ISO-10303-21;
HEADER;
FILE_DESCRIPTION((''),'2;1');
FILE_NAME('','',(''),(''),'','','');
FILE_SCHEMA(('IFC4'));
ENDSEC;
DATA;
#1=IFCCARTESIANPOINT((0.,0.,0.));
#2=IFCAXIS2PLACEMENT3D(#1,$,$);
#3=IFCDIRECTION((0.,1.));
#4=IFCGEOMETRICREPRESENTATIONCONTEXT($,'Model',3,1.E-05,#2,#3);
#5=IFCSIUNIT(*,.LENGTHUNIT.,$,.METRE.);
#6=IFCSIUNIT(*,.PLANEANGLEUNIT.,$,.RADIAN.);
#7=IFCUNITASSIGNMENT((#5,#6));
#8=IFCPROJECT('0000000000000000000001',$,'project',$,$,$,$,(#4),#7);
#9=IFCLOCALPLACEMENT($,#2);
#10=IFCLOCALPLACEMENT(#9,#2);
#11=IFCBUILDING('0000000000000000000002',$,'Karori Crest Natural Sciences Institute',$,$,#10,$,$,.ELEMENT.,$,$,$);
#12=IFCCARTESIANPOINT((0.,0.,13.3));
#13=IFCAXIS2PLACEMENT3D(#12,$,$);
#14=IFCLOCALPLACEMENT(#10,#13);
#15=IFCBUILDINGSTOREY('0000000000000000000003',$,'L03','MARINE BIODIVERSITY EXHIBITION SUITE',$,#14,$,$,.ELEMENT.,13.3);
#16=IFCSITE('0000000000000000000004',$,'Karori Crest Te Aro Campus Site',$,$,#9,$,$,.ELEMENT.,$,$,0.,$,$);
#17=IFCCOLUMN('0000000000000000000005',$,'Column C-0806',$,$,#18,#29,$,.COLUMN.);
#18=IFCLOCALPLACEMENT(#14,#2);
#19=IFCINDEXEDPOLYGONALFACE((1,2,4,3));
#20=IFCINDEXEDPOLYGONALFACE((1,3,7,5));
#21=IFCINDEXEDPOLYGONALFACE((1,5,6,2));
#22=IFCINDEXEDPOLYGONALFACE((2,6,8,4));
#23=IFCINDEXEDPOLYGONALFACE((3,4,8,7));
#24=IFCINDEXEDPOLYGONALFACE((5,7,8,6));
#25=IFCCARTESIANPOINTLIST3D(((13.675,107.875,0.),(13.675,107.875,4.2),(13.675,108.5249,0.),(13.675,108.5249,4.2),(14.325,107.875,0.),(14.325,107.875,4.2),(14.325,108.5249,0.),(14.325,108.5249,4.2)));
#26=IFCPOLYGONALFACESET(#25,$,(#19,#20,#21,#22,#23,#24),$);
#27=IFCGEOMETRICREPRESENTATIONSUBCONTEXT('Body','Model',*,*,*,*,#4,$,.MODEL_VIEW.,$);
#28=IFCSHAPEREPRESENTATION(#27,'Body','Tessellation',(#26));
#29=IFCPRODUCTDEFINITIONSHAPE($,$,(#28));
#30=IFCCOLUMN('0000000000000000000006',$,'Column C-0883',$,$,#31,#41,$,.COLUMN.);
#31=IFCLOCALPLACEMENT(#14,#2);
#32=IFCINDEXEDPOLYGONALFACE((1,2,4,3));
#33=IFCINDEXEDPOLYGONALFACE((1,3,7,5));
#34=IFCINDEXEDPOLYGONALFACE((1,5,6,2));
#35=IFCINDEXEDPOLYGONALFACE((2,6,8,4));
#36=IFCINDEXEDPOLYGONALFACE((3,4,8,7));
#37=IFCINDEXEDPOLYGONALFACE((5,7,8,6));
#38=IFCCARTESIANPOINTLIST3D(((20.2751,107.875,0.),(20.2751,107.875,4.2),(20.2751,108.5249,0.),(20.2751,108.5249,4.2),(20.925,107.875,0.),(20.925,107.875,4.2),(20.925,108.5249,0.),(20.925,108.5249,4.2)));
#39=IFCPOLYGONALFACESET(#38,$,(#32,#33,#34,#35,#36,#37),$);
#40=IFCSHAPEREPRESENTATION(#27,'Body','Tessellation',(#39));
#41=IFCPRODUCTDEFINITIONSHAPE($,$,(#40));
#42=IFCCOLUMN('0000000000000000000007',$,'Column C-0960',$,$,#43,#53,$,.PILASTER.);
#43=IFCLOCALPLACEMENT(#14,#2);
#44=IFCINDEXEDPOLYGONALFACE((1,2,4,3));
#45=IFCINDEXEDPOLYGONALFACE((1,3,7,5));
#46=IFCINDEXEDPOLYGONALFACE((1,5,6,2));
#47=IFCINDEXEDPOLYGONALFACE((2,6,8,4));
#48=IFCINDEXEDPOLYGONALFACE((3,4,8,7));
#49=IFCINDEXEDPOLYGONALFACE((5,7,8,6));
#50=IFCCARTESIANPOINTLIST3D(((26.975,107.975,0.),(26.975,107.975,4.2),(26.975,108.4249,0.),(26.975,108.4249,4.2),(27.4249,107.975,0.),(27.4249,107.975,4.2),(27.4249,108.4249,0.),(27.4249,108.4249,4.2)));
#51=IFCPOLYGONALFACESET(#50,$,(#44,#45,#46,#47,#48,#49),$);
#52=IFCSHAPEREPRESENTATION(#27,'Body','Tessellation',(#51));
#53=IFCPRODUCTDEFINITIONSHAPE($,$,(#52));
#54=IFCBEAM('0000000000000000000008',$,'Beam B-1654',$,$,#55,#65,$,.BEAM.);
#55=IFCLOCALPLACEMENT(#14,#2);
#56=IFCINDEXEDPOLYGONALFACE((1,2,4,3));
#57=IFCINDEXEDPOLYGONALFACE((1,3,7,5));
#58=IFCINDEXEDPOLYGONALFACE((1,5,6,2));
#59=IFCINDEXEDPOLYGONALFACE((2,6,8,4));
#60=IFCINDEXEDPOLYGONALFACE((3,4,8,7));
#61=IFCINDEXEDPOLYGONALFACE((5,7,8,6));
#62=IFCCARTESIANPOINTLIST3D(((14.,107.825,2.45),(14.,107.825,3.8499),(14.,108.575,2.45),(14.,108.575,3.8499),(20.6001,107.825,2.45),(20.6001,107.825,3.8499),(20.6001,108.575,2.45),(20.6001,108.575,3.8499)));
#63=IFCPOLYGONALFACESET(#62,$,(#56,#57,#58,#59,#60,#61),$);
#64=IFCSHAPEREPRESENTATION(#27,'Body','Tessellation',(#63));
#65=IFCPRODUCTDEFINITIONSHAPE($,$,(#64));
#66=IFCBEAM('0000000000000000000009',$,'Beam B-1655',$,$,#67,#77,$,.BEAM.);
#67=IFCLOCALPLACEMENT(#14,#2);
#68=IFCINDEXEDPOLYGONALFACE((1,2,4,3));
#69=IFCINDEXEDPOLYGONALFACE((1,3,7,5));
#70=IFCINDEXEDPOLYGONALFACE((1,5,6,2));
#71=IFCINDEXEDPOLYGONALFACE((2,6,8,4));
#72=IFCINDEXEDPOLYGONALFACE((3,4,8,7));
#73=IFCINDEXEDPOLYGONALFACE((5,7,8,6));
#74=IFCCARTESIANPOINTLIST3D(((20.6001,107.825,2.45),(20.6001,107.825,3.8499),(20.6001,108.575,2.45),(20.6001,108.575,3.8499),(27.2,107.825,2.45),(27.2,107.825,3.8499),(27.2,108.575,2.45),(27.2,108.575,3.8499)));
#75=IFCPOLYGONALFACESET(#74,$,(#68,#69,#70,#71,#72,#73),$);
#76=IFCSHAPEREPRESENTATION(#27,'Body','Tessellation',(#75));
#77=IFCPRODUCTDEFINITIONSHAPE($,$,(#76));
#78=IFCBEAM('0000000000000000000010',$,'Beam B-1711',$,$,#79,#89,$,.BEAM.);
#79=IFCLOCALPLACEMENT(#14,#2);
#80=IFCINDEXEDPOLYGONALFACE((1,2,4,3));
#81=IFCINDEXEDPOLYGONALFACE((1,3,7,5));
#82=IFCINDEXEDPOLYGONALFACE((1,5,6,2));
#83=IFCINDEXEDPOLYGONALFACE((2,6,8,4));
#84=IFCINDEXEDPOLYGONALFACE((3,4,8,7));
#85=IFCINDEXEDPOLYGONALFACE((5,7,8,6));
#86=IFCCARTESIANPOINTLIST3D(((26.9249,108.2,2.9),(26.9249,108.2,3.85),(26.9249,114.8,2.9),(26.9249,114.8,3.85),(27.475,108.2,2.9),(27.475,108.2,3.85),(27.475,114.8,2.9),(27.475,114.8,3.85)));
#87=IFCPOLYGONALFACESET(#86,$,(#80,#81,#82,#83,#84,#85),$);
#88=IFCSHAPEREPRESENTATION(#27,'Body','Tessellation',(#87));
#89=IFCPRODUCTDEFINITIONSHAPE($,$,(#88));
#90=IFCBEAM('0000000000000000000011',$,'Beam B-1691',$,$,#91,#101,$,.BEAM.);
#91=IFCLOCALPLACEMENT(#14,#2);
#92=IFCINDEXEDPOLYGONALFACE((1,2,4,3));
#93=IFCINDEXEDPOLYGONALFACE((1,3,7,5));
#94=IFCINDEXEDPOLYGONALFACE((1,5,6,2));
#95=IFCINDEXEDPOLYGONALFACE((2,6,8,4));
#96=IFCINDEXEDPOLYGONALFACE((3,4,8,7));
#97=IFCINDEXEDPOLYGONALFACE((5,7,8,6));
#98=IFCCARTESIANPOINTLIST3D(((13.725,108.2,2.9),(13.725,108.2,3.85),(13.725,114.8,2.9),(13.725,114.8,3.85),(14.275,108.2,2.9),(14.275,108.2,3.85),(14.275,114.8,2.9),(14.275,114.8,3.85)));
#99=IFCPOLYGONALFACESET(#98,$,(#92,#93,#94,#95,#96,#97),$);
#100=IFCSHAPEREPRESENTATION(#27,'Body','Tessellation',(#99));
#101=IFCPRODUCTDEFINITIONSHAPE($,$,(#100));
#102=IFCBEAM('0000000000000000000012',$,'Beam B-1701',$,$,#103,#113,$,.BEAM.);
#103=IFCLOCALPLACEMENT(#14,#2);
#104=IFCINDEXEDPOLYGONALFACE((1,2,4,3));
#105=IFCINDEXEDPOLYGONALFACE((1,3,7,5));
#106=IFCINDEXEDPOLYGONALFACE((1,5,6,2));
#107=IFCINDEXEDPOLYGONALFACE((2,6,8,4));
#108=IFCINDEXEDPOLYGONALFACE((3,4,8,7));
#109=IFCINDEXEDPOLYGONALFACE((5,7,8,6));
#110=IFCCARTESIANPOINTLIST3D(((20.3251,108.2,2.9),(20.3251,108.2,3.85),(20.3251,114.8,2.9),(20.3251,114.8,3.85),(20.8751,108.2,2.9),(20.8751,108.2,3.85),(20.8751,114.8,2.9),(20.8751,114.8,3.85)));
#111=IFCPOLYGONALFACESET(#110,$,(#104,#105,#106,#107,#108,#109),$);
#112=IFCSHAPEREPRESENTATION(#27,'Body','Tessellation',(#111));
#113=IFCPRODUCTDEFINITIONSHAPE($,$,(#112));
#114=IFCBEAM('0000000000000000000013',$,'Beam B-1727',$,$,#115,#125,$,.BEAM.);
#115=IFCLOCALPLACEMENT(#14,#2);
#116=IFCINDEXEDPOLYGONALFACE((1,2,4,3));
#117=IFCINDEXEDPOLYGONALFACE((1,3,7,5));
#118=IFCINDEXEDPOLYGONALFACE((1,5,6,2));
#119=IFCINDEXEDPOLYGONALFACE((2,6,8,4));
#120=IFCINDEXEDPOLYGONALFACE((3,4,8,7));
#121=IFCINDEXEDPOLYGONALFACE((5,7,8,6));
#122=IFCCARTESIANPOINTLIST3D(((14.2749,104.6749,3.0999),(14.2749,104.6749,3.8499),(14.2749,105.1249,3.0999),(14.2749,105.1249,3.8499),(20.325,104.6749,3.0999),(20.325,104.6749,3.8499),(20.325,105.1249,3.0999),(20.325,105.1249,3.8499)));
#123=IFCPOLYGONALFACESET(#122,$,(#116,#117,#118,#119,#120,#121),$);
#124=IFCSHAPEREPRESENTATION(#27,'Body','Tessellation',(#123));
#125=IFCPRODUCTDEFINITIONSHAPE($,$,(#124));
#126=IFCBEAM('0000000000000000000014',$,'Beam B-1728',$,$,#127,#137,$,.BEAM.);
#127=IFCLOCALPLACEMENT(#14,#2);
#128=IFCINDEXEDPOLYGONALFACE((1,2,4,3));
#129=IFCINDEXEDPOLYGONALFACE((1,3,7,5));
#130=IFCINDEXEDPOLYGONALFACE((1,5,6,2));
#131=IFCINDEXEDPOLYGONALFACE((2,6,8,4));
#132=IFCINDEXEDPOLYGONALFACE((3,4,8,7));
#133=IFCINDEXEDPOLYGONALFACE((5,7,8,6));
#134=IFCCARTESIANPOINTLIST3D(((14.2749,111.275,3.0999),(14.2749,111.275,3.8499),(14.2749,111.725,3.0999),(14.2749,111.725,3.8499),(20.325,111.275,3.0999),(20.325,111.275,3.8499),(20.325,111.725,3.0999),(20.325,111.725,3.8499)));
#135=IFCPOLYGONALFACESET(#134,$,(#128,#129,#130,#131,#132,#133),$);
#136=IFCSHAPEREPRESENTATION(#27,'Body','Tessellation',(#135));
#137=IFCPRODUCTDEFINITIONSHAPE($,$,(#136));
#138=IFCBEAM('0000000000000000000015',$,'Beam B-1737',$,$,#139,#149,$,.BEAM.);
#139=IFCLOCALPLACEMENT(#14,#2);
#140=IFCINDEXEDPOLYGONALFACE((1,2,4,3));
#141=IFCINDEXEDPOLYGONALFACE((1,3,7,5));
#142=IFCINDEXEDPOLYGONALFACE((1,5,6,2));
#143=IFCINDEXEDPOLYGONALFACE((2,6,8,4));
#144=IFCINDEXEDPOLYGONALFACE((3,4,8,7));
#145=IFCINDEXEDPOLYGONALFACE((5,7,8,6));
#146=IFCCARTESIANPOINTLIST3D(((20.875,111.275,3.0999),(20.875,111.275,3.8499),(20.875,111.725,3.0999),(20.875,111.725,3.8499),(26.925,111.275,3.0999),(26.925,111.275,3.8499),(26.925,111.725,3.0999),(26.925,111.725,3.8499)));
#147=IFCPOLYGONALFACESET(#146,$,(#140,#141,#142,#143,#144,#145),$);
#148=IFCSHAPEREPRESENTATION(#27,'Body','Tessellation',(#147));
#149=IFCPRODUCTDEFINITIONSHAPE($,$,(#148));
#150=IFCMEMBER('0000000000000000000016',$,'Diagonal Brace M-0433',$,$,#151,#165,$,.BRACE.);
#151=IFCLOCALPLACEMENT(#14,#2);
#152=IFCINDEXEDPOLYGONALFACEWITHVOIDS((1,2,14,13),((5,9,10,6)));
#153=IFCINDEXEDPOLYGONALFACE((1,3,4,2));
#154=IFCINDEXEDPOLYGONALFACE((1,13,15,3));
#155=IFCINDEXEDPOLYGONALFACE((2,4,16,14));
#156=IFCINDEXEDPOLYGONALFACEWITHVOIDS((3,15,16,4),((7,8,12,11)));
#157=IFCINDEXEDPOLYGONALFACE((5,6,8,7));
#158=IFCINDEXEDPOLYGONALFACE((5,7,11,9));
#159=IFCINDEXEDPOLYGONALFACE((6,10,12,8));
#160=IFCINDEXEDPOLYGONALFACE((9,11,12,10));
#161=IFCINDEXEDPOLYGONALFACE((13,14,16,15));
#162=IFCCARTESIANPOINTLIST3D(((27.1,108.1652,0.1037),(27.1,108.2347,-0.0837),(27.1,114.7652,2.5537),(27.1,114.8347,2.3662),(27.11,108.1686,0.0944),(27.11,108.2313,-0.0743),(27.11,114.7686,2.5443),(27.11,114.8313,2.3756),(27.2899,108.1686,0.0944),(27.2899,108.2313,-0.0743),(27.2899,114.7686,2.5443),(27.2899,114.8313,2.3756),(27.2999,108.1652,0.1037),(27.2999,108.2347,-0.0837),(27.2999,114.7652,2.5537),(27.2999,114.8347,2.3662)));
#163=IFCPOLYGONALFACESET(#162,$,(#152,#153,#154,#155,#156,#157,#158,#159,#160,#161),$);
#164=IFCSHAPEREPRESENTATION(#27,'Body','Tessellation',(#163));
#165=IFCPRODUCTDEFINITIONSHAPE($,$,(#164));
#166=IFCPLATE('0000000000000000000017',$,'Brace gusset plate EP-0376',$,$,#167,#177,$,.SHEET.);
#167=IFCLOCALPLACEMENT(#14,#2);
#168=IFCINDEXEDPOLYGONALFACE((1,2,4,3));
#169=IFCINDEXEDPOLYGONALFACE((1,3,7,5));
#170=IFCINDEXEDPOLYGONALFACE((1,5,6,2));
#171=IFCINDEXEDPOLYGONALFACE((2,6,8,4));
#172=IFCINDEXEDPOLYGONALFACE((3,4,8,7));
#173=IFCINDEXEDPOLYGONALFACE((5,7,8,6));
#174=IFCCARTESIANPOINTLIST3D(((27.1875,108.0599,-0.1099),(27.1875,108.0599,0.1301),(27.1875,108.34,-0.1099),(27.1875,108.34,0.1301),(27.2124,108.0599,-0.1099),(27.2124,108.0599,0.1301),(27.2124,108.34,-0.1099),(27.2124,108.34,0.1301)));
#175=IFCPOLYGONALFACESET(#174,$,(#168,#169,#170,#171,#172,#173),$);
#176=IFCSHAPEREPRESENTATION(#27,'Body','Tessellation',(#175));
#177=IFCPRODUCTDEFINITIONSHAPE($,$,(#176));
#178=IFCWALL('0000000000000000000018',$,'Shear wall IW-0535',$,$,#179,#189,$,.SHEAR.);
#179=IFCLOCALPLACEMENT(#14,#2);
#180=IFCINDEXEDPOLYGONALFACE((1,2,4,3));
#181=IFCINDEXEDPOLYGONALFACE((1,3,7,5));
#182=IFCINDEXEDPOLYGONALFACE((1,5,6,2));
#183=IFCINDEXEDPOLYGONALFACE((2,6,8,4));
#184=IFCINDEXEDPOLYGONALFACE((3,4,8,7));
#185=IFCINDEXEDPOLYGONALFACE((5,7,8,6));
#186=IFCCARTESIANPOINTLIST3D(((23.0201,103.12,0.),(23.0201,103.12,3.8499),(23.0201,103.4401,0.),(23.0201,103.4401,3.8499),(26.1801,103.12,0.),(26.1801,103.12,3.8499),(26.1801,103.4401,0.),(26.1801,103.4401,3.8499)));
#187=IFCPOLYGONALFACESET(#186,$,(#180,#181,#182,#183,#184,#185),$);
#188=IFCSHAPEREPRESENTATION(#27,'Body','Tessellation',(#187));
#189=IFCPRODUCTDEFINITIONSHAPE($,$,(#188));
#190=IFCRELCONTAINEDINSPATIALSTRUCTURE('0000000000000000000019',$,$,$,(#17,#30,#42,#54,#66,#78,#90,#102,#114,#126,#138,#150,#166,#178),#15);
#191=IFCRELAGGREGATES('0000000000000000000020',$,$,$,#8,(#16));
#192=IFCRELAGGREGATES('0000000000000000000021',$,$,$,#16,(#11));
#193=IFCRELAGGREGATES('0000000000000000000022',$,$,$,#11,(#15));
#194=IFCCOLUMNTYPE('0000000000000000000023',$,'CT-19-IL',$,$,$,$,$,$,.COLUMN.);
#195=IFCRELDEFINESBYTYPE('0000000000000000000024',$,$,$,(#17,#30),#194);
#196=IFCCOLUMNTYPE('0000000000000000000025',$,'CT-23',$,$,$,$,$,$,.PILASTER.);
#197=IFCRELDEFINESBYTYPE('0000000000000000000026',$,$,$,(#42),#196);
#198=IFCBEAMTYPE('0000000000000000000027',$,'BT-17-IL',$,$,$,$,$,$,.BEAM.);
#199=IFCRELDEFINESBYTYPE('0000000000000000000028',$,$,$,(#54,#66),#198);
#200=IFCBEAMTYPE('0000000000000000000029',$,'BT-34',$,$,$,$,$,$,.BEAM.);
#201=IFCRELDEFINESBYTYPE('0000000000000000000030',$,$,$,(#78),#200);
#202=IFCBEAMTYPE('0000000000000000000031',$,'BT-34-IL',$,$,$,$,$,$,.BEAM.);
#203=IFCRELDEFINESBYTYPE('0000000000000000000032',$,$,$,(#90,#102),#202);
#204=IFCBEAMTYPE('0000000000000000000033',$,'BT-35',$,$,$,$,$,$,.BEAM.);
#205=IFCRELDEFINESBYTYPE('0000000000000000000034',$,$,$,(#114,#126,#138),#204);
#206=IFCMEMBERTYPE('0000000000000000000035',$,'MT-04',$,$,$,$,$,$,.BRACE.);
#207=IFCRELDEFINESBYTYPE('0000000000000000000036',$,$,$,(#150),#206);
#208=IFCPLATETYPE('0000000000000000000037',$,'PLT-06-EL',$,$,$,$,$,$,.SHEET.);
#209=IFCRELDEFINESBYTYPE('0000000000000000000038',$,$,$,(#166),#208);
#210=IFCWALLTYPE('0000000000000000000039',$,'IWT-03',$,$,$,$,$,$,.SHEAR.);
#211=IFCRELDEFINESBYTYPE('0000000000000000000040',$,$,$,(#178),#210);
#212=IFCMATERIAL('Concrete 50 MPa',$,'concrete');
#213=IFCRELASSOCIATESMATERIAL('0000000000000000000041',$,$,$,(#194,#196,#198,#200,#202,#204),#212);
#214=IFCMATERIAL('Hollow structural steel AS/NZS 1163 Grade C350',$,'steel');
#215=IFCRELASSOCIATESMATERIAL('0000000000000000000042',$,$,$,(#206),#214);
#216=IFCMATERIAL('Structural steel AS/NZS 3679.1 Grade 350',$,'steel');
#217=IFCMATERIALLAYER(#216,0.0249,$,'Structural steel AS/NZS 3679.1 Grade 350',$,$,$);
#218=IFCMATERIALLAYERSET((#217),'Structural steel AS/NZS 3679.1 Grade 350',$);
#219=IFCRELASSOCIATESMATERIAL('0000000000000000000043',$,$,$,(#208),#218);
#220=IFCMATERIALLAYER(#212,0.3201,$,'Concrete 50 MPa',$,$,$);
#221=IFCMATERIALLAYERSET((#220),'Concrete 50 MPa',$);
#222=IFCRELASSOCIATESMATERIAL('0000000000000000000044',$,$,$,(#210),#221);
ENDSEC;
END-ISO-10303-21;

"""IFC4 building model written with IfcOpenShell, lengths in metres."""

from ifc_helpers import new_model, si_unit, direction, frame, frame_2d, origin, origin_2d, place, context, subcontext, project, spatial, rectangle, hollow_rectangle, extrude, material, layer, layer_set, material_profile, profile_set, type_object, element, save


model = new_model("IFC4")

# Units and contexts
model_context = context("Model", 3, precision=1e-05, world=origin(), true_north=direction((0.0, 1.0)))
body_context = subcontext(model_context, "Body", "Model", "MODEL_VIEW")
ifc_project = project(units=[si_unit("LENGTHUNIT", "METRE"), si_unit("PLANEANGLEUNIT", "RADIAN")], contexts=[model_context])

# Site, building, storey
site_placement = place(None, origin())
site = spatial("IfcSite", under=ifc_project, at=site_placement, Name="Karori Crest Te Aro Campus Site", CompositionType="ELEMENT", RefElevation=0.0)
building_placement = place(site_placement, origin())
building = spatial("IfcBuilding", under=site, at=building_placement, Name="Karori Crest Natural Sciences Institute", CompositionType="ELEMENT")
storey_placement = place(building_placement, frame((0.0, 0.0, 13.3)))
storey = spatial("IfcBuildingStorey", under=building, at=storey_placement, Name="L03", Description="MARINE BIODIVERSITY EXHIBITION SUITE", CompositionType="ELEMENT", Elevation=13.3)

# Columns
ifc_material_1 = material(Name="Concrete 50 MPa", Category="concrete")
ifc_material_profile_1 = material_profile(ifc_material_1, rectangle(XDim=0.6499, YDim=0.6499, at=origin_2d()), Name="RC650x650")
ifc_profile_set_1 = profile_set([ifc_material_profile_1], Name="Concrete 50 MPa")
column_type_1 = type_object("IfcColumnType", Name="CT-19-IL", PredefinedType="COLUMN", material=ifc_profile_set_1)
for number, where, z_axis, x_axis, name in (
    (1, (14.0, 108.2, 0.0), (0.0, 0.0, 1.0), (1.0, 0.0, 0.0), "Column C-0806"),
    (2, (20.6001, 108.2, 0.0), (0.0, 0.0, 1.0), (1.0, 0.0, 0.0), "Column C-0883"),
):
    element("IfcColumn", number, at=place(storey_placement, frame(where, z_axis=z_axis, x_axis=x_axis)), inside=storey, type_object=column_type_1, Name=name, PredefinedType="COLUMN", context=body_context, shape_type="SweptSolid", body=[
        extrude(rectangle(XDim=0.6499, YDim=0.6499, at=origin_2d()), origin(), (0.0, 0.0, 1.0), 4.2),
    ])
ifc_material_profile_2 = material_profile(ifc_material_1, rectangle(XDim=0.45, YDim=0.45, at=origin_2d()), Name="RC450x450")
ifc_profile_set_2 = profile_set([ifc_material_profile_2], Name="Concrete 50 MPa")
column_type_2 = type_object("IfcColumnType", Name="CT-23", PredefinedType="PILASTER", material=ifc_profile_set_2)
column_placement = place(storey_placement, frame((27.2, 108.2, 0.0), z_axis=(0.0, 0.0, 1.0), x_axis=(1.0, 0.0, 0.0)))
element("IfcColumn", 3, at=column_placement, inside=storey, type_object=column_type_2, Name="Column C-0960", PredefinedType="PILASTER", context=body_context, shape_type="SweptSolid", body=[
    extrude(rectangle(XDim=0.45, YDim=0.45, at=origin_2d()), origin(), (0.0, 0.0, 1.0), 4.2),
])

# Beams
ifc_material_profile_3 = material_profile(ifc_material_1, rectangle(XDim=0.75, YDim=1.3999, at=origin_2d()), Name="RCB750x1400")
ifc_profile_set_3 = profile_set([ifc_material_profile_3], Name="Concrete 50 MPa")
beam_type_1 = type_object("IfcBeamType", Name="BT-17-IL", PredefinedType="BEAM", material=ifc_profile_set_3)
beam_1_placement = place(storey_placement, frame((14.0, 108.2, 3.1499), z_axis=(1.0, 0.0, 0.0), x_axis=(0.0, 1.0, 0.0)))
element("IfcBeam", 4, at=beam_1_placement, inside=storey, type_object=beam_type_1, Name="Beam B-1654", PredefinedType="BEAM", context=body_context, shape_type="SweptSolid", body=[
    extrude(rectangle(XDim=0.75, YDim=1.3999, at=origin_2d()), origin(), (0.0, 0.0, 1.0), 6.6001),
])
beam_2_placement = place(storey_placement, frame((20.6001, 108.2, 3.1499), z_axis=(1.0, 0.0, 0.0), x_axis=(0.0, 1.0, 0.0)))
element("IfcBeam", 5, at=beam_2_placement, inside=storey, type_object=beam_type_1, Name="Beam B-1655", PredefinedType="BEAM", context=body_context, shape_type="SweptSolid", body=[
    extrude(rectangle(XDim=0.75, YDim=1.3999, at=origin_2d()), origin(), (0.0, 0.0, 1.0), 6.5999),
])
ifc_material_profile_4 = material_profile(ifc_material_1, rectangle(XDim=0.55, YDim=0.95, at=origin_2d()), Name="RCB550x950")
ifc_profile_set_4 = profile_set([ifc_material_profile_4], Name="Concrete 50 MPa")
beam_type_2 = type_object("IfcBeamType", Name="BT-34", PredefinedType="BEAM", material=ifc_profile_set_4)
beam_3_placement = place(storey_placement, frame((27.2, 108.2, 3.375), z_axis=(0.0, 1.0, 0.0), x_axis=(-1.0, 0.0, 0.0)))
element("IfcBeam", 6, at=beam_3_placement, inside=storey, type_object=beam_type_2, Name="Beam B-1711", PredefinedType="BEAM", context=body_context, shape_type="SweptSolid", body=[
    extrude(rectangle(XDim=0.55, YDim=0.95, at=origin_2d()), origin(), (0.0, 0.0, 1.0), 6.6001),
])
ifc_material_profile_5 = material_profile(ifc_material_1, rectangle(XDim=0.55, YDim=0.95, at=origin_2d()), Name="RCB550x950")
ifc_profile_set_5 = profile_set([ifc_material_profile_5], Name="Concrete 50 MPa")
beam_type_3 = type_object("IfcBeamType", Name="BT-34-IL", PredefinedType="BEAM", material=ifc_profile_set_5)
for number, where, z_axis, x_axis, name in (
    (7, (14.0, 108.2, 3.375), (0.0, 1.0, 0.0), (-1.0, 0.0, 0.0), "Beam B-1691"),
    (8, (20.6001, 108.2, 3.375), (0.0, 1.0, 0.0), (-1.0, 0.0, 0.0), "Beam B-1701"),
):
    element("IfcBeam", number, at=place(storey_placement, frame(where, z_axis=z_axis, x_axis=x_axis)), inside=storey, type_object=beam_type_3, Name=name, PredefinedType="BEAM", context=body_context, shape_type="SweptSolid", body=[
        extrude(rectangle(XDim=0.55, YDim=0.95, at=origin_2d()), origin(), (0.0, 0.0, 1.0), 6.6001),
    ])
ifc_material_profile_6 = material_profile(ifc_material_1, rectangle(XDim=0.45, YDim=0.75, at=origin_2d()), Name="RCB450x750")
ifc_profile_set_6 = profile_set([ifc_material_profile_6], Name="Concrete 50 MPa")
beam_type_4 = type_object("IfcBeamType", Name="BT-35", PredefinedType="BEAM", material=ifc_profile_set_6)
for number, where, z_axis, x_axis, name in (
    (9, (14.2749, 104.8999, 3.4749), (1.0, 0.0, 0.0), (0.0, 1.0, 0.0), "Beam B-1727"),
    (10, (14.2749, 111.5, 3.4749), (1.0, 0.0, 0.0), (0.0, 1.0, 0.0), "Beam B-1728"),
    (11, (20.875, 111.5, 3.4749), (1.0, 0.0, 0.0), (0.0, 1.0, 0.0), "Beam B-1737"),
):
    element("IfcBeam", number, at=place(storey_placement, frame(where, z_axis=z_axis, x_axis=x_axis)), inside=storey, type_object=beam_type_4, Name=name, PredefinedType="BEAM", context=body_context, shape_type="SweptSolid", body=[
        extrude(rectangle(XDim=0.45, YDim=0.75, at=origin_2d()), origin(), (0.0, 0.0, 1.0), 6.05),
    ])

# Member
ifc_material_2 = material(Name="Hollow structural steel AS/NZS 1163 Grade C350", Category="steel")
ifc_material_profile_7 = material_profile(ifc_material_2, hollow_rectangle(XDim=0.2, YDim=0.2, WallThickness=0.01, at=origin_2d()), Name="SHS200x200x10")
ifc_profile_set_7 = profile_set([ifc_material_profile_7], Name="Hollow structural steel AS/NZS 1163 Grade C350")
member_type = type_object("IfcMemberType", Name="MT-04", PredefinedType="BRACE", material=ifc_profile_set_7)
member_placement = place(storey_placement, frame((27.2, 108.2, 0.01), z_axis=(0.0, 0.937495, 0.347998), x_axis=(-1.0, 0.0, 0.0)))
element("IfcMember", 12, at=member_placement, inside=storey, type_object=member_type, Name="Diagonal Brace M-0433", PredefinedType="BRACE", context=body_context, shape_type="SweptSolid", body=[
    extrude(hollow_rectangle(XDim=0.2, YDim=0.2, WallThickness=0.01, at=origin_2d()), origin(), (0.0, 0.0, 1.0), 7.04),
])

# Plate
ifc_material_3 = material(Name="Structural steel AS/NZS 3679.1 Grade 350", Category="steel")
ifc_layer_1 = layer(ifc_material_3, 0.0249, Name="Structural steel AS/NZS 3679.1 Grade 350")
ifc_layer_set_1 = layer_set([ifc_layer_1], Name="Structural steel AS/NZS 3679.1 Grade 350")
plate_type = type_object("IfcPlateType", Name="PLT-06-EL", PredefinedType="SHEET", material=ifc_layer_set_1)
plate_placement = place(storey_placement, frame((27.2, 108.2, -0.1099), z_axis=(0.0, 0.0, 1.0), x_axis=(0.0, 1.0, 0.0)))
element("IfcPlate", 13, at=plate_placement, inside=storey, type_object=plate_type, Name="Brace gusset plate EP-0376", PredefinedType="SHEET", context=body_context, shape_type="SweptSolid", body=[
    extrude(rectangle(XDim=0.28, YDim=0.0249, at=origin_2d()), origin(), (0.0, 0.0, 1.0), 0.24),
])

# Wall
ifc_layer_2 = layer(ifc_material_1, 0.3201, Name="Concrete 50 MPa")
ifc_layer_set_2 = layer_set([ifc_layer_2], Name="Concrete 50 MPa")
wall_type_1 = type_object("IfcWallType", Name="IWT-03", PredefinedType="SHEAR", material=ifc_layer_set_2)
for number, where, z_axis, x_axis, name in (
    (14, (23.02, 103.28, 0.0), (0.0, 0.0, 1.0), (1.0, 0.0, 0.0), "Shear wall IW-0535"),
):
    element("IfcWall", number, at=place(storey_placement, frame(where, z_axis=z_axis, x_axis=x_axis)), inside=storey, type_object=wall_type_1, Name=name, PredefinedType="SHEAR", context=body_context, shape_type="SweptSolid", body=[
        extrude(rectangle(XDim=3.1599, YDim=0.3201, at=frame_2d((1.5801, 0.0))), origin(), (0.0, 0.0, 1.0), 3.8499),
    ])

save(model, "model.ifc")
